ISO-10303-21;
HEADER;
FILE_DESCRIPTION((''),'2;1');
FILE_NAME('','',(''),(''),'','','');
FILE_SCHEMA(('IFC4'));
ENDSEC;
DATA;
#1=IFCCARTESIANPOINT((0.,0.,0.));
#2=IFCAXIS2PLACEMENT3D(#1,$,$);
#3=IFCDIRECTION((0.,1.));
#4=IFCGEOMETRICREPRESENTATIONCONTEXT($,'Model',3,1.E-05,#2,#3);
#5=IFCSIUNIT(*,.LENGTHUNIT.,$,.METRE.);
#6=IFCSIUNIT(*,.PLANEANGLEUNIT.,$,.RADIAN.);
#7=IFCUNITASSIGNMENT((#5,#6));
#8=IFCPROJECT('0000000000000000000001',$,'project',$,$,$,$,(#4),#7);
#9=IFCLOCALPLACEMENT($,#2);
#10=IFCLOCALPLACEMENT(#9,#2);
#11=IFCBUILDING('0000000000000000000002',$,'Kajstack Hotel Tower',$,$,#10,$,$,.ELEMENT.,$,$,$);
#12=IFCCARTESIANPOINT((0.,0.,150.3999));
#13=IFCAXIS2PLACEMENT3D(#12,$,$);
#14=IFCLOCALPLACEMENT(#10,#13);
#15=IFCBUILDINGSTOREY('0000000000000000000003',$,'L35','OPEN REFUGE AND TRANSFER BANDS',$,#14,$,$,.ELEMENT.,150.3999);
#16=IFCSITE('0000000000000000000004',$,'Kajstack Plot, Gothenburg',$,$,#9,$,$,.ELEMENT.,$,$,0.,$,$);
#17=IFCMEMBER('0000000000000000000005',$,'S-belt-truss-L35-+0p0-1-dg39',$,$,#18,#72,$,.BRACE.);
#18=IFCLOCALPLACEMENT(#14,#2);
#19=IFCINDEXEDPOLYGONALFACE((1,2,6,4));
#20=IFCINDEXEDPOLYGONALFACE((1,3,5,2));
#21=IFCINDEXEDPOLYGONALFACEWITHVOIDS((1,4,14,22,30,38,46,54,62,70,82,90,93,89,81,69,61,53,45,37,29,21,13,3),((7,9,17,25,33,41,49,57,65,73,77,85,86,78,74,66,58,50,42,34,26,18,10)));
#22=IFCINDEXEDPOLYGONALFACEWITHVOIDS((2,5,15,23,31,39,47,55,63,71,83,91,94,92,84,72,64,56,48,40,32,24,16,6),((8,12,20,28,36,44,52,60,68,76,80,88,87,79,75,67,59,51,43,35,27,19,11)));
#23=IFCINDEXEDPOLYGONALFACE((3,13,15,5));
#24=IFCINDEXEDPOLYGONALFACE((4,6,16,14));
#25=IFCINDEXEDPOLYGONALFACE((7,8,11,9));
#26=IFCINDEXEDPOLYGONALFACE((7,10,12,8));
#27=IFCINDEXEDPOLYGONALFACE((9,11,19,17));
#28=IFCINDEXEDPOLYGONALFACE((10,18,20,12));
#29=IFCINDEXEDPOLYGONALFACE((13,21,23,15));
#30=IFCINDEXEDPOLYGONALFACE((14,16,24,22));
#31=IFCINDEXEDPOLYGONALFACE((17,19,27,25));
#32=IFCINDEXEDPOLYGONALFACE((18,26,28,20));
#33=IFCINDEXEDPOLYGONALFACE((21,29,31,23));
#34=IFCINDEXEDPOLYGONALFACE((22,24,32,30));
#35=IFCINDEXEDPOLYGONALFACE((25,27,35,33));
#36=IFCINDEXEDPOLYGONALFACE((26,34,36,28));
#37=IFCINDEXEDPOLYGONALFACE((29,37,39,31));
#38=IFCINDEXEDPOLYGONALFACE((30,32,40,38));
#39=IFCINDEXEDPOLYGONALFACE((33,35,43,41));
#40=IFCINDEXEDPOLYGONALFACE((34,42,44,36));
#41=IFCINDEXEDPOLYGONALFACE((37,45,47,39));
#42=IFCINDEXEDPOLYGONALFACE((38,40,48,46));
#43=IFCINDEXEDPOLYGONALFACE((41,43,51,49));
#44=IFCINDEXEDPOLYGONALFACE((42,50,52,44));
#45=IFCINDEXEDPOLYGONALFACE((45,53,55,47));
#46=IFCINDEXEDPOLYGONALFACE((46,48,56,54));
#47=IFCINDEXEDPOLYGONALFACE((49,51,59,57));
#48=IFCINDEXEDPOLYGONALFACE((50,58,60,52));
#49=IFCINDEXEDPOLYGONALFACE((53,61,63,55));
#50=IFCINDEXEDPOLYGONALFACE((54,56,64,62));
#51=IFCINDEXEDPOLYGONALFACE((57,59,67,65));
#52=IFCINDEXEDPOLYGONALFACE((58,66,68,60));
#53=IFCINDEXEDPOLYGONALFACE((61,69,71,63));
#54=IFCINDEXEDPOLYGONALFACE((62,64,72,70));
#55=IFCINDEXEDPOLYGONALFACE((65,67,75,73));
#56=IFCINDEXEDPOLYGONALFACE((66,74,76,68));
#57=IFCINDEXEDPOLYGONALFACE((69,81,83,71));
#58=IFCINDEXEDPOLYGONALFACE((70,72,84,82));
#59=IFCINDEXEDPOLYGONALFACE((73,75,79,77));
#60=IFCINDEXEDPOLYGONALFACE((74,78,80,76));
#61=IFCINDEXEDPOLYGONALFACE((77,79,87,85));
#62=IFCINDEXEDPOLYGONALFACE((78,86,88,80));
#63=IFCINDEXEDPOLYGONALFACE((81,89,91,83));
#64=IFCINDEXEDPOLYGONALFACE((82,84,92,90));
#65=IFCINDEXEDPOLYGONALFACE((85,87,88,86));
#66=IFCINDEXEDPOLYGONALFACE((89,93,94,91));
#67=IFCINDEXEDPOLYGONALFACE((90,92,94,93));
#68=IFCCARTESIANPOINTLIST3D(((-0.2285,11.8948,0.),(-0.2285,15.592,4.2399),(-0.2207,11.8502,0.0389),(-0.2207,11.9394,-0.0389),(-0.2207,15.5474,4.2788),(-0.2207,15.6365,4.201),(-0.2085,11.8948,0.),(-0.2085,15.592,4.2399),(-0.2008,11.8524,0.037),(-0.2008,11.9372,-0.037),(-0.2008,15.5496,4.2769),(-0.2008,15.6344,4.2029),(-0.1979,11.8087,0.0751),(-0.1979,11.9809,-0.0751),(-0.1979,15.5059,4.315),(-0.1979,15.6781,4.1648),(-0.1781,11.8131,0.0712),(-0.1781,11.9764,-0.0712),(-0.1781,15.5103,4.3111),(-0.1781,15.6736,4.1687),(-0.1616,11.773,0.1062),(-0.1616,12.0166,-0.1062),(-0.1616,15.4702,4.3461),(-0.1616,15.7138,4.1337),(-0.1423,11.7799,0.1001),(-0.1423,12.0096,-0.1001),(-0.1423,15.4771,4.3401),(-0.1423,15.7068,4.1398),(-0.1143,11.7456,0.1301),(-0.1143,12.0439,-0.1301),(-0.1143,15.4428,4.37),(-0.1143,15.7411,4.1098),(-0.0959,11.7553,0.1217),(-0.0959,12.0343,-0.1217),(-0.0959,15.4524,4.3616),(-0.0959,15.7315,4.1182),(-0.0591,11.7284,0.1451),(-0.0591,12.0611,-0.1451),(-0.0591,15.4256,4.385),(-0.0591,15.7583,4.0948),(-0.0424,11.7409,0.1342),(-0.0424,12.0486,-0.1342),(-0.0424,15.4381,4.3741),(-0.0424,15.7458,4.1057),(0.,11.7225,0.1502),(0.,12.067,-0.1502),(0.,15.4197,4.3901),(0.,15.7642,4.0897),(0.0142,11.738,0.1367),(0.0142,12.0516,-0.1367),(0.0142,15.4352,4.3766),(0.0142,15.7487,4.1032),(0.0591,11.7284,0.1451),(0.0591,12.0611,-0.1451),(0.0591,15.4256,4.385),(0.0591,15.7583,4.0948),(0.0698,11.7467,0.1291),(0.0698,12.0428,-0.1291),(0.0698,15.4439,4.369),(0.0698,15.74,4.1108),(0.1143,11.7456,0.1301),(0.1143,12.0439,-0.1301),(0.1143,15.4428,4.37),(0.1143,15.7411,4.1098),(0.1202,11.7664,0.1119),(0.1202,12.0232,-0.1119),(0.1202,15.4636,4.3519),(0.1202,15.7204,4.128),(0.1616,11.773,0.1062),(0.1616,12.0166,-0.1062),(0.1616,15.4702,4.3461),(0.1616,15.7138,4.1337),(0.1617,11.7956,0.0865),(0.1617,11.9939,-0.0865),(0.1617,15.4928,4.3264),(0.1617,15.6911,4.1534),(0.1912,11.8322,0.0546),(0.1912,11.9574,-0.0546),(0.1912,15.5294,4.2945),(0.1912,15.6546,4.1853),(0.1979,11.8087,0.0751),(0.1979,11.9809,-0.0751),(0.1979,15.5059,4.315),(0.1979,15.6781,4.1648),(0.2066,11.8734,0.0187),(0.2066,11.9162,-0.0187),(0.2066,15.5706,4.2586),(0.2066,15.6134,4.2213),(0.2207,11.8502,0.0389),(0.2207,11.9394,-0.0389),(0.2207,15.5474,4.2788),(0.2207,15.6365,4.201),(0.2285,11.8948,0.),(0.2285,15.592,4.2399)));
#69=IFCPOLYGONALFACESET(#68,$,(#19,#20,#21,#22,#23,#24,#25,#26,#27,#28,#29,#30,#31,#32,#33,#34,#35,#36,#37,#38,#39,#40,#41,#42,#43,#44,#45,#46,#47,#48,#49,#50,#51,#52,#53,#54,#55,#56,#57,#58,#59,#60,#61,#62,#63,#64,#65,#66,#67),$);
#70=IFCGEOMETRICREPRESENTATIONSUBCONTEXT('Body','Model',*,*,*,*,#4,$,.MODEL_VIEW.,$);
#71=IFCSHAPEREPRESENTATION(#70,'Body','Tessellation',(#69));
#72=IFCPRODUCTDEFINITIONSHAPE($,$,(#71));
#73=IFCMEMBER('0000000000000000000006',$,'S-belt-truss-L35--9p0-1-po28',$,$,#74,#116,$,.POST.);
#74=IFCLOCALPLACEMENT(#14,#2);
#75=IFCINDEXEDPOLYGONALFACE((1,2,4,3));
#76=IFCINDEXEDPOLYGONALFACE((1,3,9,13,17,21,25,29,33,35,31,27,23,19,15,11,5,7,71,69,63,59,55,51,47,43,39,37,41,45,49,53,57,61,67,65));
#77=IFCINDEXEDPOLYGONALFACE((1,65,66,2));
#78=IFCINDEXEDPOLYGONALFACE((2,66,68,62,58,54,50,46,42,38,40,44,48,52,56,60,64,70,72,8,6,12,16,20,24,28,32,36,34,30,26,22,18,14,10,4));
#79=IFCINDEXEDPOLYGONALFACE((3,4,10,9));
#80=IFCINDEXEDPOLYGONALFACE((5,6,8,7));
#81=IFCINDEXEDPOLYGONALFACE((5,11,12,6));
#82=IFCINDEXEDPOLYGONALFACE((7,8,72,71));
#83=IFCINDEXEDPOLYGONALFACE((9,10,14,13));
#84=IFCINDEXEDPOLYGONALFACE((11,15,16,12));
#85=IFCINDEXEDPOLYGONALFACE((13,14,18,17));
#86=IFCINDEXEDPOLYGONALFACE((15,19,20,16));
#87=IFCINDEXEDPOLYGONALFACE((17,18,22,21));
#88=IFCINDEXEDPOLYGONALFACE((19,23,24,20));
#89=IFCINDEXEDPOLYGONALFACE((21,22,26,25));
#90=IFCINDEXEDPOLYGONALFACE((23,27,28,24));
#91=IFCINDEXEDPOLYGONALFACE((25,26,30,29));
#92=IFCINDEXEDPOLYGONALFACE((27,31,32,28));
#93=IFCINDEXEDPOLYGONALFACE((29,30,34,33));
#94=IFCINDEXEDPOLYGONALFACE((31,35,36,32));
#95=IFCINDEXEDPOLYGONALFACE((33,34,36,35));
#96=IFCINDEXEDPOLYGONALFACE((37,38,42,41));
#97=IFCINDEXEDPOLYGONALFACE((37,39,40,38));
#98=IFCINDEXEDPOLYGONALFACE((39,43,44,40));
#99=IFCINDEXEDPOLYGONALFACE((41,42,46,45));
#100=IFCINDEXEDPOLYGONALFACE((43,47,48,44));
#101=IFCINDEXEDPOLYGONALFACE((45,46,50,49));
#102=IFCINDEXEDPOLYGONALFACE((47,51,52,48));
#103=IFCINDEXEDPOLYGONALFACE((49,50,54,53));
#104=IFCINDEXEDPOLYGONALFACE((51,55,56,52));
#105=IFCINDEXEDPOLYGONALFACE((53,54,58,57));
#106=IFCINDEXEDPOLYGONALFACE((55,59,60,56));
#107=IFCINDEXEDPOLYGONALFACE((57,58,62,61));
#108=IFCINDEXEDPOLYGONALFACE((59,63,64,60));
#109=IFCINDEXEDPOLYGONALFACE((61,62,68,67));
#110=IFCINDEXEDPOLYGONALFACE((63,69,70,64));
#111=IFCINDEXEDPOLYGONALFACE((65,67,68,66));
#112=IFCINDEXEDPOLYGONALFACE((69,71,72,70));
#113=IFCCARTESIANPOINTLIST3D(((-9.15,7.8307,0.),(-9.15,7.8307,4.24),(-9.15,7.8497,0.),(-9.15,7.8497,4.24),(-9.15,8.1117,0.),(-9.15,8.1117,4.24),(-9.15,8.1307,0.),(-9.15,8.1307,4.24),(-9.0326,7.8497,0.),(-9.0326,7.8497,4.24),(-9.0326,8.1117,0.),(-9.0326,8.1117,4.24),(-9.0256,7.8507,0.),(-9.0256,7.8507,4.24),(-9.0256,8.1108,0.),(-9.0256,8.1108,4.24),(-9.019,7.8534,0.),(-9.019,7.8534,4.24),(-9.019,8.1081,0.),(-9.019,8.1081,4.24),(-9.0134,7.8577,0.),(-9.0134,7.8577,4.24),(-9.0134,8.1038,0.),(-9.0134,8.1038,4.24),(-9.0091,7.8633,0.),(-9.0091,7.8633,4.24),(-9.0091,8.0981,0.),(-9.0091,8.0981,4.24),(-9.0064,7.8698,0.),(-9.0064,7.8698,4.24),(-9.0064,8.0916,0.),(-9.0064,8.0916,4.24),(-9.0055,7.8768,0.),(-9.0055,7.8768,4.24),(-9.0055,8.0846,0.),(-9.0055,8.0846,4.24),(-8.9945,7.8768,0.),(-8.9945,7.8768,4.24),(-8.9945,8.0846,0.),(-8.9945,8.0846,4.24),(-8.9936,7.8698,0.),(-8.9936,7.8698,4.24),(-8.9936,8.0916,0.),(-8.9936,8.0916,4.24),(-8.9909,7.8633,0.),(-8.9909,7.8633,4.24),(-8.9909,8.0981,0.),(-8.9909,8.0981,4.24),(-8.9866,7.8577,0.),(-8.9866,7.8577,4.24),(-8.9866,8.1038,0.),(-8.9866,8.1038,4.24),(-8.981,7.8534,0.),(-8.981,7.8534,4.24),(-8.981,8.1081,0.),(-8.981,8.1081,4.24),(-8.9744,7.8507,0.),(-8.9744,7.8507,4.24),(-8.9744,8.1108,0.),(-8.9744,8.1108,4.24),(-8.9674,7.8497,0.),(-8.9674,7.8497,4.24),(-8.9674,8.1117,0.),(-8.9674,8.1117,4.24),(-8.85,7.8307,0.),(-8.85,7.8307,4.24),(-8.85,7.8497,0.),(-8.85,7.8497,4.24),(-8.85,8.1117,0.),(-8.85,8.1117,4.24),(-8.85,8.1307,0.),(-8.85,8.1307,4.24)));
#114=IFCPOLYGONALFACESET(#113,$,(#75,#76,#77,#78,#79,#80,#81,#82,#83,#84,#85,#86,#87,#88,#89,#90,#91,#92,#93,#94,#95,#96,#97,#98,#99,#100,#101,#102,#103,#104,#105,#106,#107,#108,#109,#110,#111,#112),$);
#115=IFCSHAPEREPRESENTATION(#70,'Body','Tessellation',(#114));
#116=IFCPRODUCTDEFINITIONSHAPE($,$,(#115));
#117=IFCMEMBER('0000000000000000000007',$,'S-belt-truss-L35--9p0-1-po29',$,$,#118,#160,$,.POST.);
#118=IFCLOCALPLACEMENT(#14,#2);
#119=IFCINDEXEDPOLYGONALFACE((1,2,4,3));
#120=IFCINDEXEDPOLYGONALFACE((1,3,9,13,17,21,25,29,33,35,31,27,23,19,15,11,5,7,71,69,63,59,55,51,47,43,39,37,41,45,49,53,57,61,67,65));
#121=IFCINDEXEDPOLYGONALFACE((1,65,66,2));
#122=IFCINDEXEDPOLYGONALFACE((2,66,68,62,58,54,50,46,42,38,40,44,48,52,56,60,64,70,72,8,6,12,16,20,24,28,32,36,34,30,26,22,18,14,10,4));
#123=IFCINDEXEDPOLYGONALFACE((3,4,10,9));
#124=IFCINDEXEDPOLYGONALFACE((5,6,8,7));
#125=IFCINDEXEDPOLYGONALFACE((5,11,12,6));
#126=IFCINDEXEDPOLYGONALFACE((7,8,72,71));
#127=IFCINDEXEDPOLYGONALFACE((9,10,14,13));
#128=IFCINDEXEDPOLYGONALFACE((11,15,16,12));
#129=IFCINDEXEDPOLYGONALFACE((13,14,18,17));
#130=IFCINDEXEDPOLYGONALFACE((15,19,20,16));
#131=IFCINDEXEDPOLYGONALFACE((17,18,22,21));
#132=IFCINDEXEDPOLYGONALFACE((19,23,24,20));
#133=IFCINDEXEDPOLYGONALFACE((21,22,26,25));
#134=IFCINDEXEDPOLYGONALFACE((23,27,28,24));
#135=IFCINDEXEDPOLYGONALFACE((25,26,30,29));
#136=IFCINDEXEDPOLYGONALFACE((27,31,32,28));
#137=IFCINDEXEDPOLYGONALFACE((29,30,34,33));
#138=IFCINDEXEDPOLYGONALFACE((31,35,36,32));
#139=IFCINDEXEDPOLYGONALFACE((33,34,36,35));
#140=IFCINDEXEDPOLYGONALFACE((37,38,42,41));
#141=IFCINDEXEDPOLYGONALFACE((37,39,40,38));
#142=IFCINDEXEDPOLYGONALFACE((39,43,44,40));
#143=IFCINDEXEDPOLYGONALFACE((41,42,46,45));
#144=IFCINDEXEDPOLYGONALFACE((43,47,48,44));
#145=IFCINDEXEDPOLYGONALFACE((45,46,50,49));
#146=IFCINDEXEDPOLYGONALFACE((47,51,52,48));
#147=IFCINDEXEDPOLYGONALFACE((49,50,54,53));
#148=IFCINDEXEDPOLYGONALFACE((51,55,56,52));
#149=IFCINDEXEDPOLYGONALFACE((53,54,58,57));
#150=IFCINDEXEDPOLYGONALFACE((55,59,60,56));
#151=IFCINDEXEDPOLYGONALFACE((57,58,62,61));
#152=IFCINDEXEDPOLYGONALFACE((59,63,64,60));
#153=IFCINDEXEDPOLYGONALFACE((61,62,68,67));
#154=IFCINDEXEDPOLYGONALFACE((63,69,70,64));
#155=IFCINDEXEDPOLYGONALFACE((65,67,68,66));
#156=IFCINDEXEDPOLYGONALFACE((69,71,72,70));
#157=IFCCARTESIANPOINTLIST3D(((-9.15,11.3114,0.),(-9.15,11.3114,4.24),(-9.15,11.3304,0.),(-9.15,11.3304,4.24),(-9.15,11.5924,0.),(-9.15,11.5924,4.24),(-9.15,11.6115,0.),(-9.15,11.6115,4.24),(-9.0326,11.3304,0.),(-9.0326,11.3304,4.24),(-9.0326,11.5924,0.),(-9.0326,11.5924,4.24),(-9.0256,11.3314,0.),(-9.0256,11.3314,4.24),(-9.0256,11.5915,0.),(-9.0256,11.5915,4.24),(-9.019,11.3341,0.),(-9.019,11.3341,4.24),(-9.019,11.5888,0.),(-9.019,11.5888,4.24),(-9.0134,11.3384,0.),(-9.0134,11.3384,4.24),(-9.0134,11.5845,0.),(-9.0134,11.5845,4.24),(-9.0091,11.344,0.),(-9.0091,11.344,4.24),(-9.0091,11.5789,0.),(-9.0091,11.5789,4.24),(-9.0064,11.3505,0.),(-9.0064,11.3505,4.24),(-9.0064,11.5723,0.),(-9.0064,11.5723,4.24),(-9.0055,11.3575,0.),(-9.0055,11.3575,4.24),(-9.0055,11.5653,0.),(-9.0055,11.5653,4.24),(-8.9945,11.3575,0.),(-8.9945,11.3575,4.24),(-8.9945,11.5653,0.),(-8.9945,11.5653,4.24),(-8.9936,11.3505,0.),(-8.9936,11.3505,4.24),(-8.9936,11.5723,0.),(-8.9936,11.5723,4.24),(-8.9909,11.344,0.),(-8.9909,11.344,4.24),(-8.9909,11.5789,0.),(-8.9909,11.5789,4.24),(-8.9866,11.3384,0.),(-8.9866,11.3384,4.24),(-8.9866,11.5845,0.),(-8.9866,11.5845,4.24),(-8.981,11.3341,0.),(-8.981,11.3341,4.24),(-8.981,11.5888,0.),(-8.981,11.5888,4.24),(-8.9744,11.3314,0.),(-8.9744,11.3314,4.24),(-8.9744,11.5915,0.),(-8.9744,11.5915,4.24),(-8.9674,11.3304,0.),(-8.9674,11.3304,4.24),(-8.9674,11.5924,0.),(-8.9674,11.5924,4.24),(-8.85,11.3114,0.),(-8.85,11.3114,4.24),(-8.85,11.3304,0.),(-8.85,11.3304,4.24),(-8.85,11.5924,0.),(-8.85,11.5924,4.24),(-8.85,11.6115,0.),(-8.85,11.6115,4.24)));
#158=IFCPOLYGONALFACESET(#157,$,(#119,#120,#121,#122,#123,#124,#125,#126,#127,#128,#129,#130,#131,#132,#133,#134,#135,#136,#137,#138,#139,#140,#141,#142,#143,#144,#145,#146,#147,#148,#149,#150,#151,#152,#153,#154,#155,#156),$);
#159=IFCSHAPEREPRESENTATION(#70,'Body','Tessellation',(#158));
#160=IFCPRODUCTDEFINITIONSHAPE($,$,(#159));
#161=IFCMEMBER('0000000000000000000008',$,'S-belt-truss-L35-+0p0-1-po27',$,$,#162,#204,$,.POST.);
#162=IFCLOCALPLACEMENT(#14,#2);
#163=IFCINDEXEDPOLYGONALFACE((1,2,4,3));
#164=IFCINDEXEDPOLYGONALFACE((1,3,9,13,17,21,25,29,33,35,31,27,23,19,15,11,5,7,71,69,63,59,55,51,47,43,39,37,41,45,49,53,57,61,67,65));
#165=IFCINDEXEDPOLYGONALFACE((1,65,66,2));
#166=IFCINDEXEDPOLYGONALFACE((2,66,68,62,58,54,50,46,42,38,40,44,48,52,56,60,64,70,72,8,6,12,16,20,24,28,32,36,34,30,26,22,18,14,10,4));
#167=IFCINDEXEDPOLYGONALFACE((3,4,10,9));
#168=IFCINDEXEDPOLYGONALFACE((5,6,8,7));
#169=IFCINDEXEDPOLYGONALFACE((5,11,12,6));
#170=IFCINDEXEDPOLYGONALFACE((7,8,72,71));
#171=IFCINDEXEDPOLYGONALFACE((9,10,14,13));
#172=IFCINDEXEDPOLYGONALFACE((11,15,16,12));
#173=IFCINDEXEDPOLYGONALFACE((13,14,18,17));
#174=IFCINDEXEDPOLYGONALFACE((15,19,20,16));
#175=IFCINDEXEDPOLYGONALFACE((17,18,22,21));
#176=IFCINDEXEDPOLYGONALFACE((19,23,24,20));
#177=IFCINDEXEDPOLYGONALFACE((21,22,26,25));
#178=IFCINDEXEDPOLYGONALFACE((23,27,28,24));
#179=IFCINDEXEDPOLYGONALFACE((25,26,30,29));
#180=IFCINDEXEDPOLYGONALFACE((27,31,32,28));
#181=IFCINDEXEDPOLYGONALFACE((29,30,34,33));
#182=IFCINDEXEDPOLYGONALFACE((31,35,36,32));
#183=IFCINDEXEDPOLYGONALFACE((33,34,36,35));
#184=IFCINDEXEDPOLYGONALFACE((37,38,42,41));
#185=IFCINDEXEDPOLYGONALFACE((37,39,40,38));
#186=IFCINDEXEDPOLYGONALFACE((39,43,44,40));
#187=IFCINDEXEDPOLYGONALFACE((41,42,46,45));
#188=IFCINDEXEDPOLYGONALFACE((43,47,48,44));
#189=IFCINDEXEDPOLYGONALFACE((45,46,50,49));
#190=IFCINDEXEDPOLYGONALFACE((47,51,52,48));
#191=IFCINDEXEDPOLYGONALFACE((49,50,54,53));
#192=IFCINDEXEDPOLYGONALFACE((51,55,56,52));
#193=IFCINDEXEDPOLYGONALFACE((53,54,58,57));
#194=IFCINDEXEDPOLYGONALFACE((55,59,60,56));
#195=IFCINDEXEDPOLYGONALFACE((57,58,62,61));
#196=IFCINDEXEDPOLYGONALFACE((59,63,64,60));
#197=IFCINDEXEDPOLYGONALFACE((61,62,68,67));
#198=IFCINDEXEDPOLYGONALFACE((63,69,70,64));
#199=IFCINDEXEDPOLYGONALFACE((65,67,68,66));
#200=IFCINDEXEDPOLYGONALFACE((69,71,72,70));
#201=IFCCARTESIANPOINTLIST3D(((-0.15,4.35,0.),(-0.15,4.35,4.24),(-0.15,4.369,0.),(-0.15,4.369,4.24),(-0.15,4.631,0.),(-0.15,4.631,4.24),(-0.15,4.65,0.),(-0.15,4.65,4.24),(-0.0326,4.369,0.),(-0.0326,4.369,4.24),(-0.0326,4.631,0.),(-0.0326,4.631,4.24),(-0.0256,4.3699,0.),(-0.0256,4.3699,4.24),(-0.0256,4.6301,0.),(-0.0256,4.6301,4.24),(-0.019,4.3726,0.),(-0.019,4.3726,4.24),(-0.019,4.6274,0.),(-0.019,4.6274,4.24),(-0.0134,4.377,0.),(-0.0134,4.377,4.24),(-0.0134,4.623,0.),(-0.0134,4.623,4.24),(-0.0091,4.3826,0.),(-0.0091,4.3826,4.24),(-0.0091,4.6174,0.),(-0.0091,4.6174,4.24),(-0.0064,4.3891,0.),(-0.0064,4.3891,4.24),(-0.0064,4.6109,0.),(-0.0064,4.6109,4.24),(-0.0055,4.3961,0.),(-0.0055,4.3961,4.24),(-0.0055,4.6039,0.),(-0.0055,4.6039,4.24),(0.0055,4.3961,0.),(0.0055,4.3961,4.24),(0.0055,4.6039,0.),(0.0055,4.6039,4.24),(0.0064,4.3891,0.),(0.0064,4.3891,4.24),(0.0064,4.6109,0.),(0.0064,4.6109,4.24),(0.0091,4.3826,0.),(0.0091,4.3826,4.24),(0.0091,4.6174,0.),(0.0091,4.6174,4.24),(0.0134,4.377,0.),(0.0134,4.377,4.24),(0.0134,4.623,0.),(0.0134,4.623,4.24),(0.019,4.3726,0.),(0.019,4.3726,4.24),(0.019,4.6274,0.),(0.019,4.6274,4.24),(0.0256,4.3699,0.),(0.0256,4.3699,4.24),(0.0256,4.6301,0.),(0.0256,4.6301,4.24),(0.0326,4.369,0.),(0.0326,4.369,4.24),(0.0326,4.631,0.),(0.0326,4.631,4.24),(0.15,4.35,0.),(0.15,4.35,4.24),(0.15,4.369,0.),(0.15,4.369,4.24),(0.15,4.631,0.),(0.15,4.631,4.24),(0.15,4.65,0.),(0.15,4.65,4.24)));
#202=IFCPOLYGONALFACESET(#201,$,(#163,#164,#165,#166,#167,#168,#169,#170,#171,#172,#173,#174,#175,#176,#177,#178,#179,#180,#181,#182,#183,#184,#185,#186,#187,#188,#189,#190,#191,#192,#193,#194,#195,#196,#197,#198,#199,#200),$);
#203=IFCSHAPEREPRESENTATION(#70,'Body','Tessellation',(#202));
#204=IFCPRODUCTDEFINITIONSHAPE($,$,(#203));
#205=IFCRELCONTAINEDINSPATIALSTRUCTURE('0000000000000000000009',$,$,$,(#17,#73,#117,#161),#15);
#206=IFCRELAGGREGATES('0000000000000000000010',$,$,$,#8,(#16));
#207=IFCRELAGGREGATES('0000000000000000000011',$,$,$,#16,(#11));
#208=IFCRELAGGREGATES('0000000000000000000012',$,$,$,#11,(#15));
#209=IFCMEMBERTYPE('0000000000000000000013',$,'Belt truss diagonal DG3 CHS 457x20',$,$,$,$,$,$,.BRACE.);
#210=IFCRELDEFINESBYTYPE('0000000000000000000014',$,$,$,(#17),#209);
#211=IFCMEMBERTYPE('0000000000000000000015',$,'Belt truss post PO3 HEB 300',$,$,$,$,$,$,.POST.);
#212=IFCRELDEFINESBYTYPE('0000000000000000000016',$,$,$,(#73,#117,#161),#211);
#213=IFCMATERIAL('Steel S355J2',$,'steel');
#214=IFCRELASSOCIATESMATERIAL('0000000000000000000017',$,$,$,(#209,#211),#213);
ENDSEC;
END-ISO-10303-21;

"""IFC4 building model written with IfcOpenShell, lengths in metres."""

from ifc_helpers import new_model, si_unit, direction, frame, origin, origin_2d, place, context, subcontext, project, spatial, hollow_circle, i_section, extrude, material, material_profile, profile_set, type_object, element, save


model = new_model("IFC4")

# Units and contexts
model_context = context("Model", 3, precision=1e-05, world=origin(), true_north=direction((0.0, 1.0)))
body_context = subcontext(model_context, "Body", "Model", "MODEL_VIEW")
ifc_project = project(units=[si_unit("LENGTHUNIT", "METRE"), si_unit("PLANEANGLEUNIT", "RADIAN")], contexts=[model_context])

# Site, building, storey
site_placement = place(None, origin())
site = spatial("IfcSite", under=ifc_project, at=site_placement, Name="Kajstack Plot, Gothenburg", CompositionType="ELEMENT", RefElevation=0.0)
building_placement = place(site_placement, origin())
building = spatial("IfcBuilding", under=site, at=building_placement, Name="Kajstack Hotel Tower", CompositionType="ELEMENT")
storey_placement = place(building_placement, frame((0.0, 0.0, 150.3999)))
storey = spatial("IfcBuildingStorey", under=building, at=storey_placement, Name="L35", Description="OPEN REFUGE AND TRANSFER BANDS", CompositionType="ELEMENT", Elevation=150.3999)

# Members
ifc_material = material(Name="Steel S355J2", Category="steel")
ifc_material_profile_1 = material_profile(ifc_material, hollow_circle(Radius=0.2285, WallThickness=0.02, at=origin_2d()), Name="CHS 457x20")
ifc_profile_set_1 = profile_set([ifc_material_profile_1], Name="Steel S355J2")
member_type_1 = type_object("IfcMemberType", Name="Belt truss diagonal DG3 CHS 457x20", PredefinedType="BRACE", material=ifc_profile_set_1)
for number, where, z_axis, x_axis, name in (
    (1, (0.0, 11.8948, 0.0), (0.0, 0.657222, 0.753697), (-1.0, 0.0, 0.0), "S-belt-truss-L35-+0p0-1-dg39"),
):
    element("IfcMember", number, at=place(storey_placement, frame(where, z_axis=z_axis, x_axis=x_axis)), inside=storey, type_object=member_type_1, Name=name, PredefinedType="BRACE", context=body_context, shape_type="SweptSolid", body=[
        extrude(hollow_circle(Radius=0.2285, WallThickness=0.02, at=origin_2d()), origin(), (0.0, 0.0, 1.0), 5.6255),
    ])
ifc_material_profile_2 = material_profile(ifc_material, i_section(OverallWidth=0.3, OverallDepth=0.3, WebThickness=0.011, FlangeThickness=0.019, FilletRadius=0.0271, at=origin_2d()), Name="HEB 300")
ifc_profile_set_2 = profile_set([ifc_material_profile_2], Name="Steel S355J2")
member_type_2 = type_object("IfcMemberType", Name="Belt truss post PO3 HEB 300", PredefinedType="POST", material=ifc_profile_set_2)
for number, where, z_axis, x_axis, name in (
    (2, (-9.0, 7.9807, 0.0), (0.0, 0.0, 1.0), (1.0, 0.0, 0.0), "S-belt-truss-L35--9p0-1-po28"),
    (3, (-9.0, 11.4614, 0.0), (0.0, 0.0, 1.0), (1.0, 0.0, 0.0), "S-belt-truss-L35--9p0-1-po29"),
    (4, (0.0, 4.5, 0.0), (0.0, 0.0, 1.0), (1.0, 0.0, 0.0), "S-belt-truss-L35-+0p0-1-po27"),
):
    element("IfcMember", number, at=place(storey_placement, frame(where, z_axis=z_axis, x_axis=x_axis)), inside=storey, type_object=member_type_2, Name=name, PredefinedType="POST", context=body_context, shape_type="SweptSolid", body=[
        extrude(i_section(OverallWidth=0.3, OverallDepth=0.3, WebThickness=0.011, FlangeThickness=0.019, FilletRadius=0.0271, at=origin_2d()), origin(), (0.0, 0.0, 1.0), 4.24),
    ])

save(model, "model.ifc")
